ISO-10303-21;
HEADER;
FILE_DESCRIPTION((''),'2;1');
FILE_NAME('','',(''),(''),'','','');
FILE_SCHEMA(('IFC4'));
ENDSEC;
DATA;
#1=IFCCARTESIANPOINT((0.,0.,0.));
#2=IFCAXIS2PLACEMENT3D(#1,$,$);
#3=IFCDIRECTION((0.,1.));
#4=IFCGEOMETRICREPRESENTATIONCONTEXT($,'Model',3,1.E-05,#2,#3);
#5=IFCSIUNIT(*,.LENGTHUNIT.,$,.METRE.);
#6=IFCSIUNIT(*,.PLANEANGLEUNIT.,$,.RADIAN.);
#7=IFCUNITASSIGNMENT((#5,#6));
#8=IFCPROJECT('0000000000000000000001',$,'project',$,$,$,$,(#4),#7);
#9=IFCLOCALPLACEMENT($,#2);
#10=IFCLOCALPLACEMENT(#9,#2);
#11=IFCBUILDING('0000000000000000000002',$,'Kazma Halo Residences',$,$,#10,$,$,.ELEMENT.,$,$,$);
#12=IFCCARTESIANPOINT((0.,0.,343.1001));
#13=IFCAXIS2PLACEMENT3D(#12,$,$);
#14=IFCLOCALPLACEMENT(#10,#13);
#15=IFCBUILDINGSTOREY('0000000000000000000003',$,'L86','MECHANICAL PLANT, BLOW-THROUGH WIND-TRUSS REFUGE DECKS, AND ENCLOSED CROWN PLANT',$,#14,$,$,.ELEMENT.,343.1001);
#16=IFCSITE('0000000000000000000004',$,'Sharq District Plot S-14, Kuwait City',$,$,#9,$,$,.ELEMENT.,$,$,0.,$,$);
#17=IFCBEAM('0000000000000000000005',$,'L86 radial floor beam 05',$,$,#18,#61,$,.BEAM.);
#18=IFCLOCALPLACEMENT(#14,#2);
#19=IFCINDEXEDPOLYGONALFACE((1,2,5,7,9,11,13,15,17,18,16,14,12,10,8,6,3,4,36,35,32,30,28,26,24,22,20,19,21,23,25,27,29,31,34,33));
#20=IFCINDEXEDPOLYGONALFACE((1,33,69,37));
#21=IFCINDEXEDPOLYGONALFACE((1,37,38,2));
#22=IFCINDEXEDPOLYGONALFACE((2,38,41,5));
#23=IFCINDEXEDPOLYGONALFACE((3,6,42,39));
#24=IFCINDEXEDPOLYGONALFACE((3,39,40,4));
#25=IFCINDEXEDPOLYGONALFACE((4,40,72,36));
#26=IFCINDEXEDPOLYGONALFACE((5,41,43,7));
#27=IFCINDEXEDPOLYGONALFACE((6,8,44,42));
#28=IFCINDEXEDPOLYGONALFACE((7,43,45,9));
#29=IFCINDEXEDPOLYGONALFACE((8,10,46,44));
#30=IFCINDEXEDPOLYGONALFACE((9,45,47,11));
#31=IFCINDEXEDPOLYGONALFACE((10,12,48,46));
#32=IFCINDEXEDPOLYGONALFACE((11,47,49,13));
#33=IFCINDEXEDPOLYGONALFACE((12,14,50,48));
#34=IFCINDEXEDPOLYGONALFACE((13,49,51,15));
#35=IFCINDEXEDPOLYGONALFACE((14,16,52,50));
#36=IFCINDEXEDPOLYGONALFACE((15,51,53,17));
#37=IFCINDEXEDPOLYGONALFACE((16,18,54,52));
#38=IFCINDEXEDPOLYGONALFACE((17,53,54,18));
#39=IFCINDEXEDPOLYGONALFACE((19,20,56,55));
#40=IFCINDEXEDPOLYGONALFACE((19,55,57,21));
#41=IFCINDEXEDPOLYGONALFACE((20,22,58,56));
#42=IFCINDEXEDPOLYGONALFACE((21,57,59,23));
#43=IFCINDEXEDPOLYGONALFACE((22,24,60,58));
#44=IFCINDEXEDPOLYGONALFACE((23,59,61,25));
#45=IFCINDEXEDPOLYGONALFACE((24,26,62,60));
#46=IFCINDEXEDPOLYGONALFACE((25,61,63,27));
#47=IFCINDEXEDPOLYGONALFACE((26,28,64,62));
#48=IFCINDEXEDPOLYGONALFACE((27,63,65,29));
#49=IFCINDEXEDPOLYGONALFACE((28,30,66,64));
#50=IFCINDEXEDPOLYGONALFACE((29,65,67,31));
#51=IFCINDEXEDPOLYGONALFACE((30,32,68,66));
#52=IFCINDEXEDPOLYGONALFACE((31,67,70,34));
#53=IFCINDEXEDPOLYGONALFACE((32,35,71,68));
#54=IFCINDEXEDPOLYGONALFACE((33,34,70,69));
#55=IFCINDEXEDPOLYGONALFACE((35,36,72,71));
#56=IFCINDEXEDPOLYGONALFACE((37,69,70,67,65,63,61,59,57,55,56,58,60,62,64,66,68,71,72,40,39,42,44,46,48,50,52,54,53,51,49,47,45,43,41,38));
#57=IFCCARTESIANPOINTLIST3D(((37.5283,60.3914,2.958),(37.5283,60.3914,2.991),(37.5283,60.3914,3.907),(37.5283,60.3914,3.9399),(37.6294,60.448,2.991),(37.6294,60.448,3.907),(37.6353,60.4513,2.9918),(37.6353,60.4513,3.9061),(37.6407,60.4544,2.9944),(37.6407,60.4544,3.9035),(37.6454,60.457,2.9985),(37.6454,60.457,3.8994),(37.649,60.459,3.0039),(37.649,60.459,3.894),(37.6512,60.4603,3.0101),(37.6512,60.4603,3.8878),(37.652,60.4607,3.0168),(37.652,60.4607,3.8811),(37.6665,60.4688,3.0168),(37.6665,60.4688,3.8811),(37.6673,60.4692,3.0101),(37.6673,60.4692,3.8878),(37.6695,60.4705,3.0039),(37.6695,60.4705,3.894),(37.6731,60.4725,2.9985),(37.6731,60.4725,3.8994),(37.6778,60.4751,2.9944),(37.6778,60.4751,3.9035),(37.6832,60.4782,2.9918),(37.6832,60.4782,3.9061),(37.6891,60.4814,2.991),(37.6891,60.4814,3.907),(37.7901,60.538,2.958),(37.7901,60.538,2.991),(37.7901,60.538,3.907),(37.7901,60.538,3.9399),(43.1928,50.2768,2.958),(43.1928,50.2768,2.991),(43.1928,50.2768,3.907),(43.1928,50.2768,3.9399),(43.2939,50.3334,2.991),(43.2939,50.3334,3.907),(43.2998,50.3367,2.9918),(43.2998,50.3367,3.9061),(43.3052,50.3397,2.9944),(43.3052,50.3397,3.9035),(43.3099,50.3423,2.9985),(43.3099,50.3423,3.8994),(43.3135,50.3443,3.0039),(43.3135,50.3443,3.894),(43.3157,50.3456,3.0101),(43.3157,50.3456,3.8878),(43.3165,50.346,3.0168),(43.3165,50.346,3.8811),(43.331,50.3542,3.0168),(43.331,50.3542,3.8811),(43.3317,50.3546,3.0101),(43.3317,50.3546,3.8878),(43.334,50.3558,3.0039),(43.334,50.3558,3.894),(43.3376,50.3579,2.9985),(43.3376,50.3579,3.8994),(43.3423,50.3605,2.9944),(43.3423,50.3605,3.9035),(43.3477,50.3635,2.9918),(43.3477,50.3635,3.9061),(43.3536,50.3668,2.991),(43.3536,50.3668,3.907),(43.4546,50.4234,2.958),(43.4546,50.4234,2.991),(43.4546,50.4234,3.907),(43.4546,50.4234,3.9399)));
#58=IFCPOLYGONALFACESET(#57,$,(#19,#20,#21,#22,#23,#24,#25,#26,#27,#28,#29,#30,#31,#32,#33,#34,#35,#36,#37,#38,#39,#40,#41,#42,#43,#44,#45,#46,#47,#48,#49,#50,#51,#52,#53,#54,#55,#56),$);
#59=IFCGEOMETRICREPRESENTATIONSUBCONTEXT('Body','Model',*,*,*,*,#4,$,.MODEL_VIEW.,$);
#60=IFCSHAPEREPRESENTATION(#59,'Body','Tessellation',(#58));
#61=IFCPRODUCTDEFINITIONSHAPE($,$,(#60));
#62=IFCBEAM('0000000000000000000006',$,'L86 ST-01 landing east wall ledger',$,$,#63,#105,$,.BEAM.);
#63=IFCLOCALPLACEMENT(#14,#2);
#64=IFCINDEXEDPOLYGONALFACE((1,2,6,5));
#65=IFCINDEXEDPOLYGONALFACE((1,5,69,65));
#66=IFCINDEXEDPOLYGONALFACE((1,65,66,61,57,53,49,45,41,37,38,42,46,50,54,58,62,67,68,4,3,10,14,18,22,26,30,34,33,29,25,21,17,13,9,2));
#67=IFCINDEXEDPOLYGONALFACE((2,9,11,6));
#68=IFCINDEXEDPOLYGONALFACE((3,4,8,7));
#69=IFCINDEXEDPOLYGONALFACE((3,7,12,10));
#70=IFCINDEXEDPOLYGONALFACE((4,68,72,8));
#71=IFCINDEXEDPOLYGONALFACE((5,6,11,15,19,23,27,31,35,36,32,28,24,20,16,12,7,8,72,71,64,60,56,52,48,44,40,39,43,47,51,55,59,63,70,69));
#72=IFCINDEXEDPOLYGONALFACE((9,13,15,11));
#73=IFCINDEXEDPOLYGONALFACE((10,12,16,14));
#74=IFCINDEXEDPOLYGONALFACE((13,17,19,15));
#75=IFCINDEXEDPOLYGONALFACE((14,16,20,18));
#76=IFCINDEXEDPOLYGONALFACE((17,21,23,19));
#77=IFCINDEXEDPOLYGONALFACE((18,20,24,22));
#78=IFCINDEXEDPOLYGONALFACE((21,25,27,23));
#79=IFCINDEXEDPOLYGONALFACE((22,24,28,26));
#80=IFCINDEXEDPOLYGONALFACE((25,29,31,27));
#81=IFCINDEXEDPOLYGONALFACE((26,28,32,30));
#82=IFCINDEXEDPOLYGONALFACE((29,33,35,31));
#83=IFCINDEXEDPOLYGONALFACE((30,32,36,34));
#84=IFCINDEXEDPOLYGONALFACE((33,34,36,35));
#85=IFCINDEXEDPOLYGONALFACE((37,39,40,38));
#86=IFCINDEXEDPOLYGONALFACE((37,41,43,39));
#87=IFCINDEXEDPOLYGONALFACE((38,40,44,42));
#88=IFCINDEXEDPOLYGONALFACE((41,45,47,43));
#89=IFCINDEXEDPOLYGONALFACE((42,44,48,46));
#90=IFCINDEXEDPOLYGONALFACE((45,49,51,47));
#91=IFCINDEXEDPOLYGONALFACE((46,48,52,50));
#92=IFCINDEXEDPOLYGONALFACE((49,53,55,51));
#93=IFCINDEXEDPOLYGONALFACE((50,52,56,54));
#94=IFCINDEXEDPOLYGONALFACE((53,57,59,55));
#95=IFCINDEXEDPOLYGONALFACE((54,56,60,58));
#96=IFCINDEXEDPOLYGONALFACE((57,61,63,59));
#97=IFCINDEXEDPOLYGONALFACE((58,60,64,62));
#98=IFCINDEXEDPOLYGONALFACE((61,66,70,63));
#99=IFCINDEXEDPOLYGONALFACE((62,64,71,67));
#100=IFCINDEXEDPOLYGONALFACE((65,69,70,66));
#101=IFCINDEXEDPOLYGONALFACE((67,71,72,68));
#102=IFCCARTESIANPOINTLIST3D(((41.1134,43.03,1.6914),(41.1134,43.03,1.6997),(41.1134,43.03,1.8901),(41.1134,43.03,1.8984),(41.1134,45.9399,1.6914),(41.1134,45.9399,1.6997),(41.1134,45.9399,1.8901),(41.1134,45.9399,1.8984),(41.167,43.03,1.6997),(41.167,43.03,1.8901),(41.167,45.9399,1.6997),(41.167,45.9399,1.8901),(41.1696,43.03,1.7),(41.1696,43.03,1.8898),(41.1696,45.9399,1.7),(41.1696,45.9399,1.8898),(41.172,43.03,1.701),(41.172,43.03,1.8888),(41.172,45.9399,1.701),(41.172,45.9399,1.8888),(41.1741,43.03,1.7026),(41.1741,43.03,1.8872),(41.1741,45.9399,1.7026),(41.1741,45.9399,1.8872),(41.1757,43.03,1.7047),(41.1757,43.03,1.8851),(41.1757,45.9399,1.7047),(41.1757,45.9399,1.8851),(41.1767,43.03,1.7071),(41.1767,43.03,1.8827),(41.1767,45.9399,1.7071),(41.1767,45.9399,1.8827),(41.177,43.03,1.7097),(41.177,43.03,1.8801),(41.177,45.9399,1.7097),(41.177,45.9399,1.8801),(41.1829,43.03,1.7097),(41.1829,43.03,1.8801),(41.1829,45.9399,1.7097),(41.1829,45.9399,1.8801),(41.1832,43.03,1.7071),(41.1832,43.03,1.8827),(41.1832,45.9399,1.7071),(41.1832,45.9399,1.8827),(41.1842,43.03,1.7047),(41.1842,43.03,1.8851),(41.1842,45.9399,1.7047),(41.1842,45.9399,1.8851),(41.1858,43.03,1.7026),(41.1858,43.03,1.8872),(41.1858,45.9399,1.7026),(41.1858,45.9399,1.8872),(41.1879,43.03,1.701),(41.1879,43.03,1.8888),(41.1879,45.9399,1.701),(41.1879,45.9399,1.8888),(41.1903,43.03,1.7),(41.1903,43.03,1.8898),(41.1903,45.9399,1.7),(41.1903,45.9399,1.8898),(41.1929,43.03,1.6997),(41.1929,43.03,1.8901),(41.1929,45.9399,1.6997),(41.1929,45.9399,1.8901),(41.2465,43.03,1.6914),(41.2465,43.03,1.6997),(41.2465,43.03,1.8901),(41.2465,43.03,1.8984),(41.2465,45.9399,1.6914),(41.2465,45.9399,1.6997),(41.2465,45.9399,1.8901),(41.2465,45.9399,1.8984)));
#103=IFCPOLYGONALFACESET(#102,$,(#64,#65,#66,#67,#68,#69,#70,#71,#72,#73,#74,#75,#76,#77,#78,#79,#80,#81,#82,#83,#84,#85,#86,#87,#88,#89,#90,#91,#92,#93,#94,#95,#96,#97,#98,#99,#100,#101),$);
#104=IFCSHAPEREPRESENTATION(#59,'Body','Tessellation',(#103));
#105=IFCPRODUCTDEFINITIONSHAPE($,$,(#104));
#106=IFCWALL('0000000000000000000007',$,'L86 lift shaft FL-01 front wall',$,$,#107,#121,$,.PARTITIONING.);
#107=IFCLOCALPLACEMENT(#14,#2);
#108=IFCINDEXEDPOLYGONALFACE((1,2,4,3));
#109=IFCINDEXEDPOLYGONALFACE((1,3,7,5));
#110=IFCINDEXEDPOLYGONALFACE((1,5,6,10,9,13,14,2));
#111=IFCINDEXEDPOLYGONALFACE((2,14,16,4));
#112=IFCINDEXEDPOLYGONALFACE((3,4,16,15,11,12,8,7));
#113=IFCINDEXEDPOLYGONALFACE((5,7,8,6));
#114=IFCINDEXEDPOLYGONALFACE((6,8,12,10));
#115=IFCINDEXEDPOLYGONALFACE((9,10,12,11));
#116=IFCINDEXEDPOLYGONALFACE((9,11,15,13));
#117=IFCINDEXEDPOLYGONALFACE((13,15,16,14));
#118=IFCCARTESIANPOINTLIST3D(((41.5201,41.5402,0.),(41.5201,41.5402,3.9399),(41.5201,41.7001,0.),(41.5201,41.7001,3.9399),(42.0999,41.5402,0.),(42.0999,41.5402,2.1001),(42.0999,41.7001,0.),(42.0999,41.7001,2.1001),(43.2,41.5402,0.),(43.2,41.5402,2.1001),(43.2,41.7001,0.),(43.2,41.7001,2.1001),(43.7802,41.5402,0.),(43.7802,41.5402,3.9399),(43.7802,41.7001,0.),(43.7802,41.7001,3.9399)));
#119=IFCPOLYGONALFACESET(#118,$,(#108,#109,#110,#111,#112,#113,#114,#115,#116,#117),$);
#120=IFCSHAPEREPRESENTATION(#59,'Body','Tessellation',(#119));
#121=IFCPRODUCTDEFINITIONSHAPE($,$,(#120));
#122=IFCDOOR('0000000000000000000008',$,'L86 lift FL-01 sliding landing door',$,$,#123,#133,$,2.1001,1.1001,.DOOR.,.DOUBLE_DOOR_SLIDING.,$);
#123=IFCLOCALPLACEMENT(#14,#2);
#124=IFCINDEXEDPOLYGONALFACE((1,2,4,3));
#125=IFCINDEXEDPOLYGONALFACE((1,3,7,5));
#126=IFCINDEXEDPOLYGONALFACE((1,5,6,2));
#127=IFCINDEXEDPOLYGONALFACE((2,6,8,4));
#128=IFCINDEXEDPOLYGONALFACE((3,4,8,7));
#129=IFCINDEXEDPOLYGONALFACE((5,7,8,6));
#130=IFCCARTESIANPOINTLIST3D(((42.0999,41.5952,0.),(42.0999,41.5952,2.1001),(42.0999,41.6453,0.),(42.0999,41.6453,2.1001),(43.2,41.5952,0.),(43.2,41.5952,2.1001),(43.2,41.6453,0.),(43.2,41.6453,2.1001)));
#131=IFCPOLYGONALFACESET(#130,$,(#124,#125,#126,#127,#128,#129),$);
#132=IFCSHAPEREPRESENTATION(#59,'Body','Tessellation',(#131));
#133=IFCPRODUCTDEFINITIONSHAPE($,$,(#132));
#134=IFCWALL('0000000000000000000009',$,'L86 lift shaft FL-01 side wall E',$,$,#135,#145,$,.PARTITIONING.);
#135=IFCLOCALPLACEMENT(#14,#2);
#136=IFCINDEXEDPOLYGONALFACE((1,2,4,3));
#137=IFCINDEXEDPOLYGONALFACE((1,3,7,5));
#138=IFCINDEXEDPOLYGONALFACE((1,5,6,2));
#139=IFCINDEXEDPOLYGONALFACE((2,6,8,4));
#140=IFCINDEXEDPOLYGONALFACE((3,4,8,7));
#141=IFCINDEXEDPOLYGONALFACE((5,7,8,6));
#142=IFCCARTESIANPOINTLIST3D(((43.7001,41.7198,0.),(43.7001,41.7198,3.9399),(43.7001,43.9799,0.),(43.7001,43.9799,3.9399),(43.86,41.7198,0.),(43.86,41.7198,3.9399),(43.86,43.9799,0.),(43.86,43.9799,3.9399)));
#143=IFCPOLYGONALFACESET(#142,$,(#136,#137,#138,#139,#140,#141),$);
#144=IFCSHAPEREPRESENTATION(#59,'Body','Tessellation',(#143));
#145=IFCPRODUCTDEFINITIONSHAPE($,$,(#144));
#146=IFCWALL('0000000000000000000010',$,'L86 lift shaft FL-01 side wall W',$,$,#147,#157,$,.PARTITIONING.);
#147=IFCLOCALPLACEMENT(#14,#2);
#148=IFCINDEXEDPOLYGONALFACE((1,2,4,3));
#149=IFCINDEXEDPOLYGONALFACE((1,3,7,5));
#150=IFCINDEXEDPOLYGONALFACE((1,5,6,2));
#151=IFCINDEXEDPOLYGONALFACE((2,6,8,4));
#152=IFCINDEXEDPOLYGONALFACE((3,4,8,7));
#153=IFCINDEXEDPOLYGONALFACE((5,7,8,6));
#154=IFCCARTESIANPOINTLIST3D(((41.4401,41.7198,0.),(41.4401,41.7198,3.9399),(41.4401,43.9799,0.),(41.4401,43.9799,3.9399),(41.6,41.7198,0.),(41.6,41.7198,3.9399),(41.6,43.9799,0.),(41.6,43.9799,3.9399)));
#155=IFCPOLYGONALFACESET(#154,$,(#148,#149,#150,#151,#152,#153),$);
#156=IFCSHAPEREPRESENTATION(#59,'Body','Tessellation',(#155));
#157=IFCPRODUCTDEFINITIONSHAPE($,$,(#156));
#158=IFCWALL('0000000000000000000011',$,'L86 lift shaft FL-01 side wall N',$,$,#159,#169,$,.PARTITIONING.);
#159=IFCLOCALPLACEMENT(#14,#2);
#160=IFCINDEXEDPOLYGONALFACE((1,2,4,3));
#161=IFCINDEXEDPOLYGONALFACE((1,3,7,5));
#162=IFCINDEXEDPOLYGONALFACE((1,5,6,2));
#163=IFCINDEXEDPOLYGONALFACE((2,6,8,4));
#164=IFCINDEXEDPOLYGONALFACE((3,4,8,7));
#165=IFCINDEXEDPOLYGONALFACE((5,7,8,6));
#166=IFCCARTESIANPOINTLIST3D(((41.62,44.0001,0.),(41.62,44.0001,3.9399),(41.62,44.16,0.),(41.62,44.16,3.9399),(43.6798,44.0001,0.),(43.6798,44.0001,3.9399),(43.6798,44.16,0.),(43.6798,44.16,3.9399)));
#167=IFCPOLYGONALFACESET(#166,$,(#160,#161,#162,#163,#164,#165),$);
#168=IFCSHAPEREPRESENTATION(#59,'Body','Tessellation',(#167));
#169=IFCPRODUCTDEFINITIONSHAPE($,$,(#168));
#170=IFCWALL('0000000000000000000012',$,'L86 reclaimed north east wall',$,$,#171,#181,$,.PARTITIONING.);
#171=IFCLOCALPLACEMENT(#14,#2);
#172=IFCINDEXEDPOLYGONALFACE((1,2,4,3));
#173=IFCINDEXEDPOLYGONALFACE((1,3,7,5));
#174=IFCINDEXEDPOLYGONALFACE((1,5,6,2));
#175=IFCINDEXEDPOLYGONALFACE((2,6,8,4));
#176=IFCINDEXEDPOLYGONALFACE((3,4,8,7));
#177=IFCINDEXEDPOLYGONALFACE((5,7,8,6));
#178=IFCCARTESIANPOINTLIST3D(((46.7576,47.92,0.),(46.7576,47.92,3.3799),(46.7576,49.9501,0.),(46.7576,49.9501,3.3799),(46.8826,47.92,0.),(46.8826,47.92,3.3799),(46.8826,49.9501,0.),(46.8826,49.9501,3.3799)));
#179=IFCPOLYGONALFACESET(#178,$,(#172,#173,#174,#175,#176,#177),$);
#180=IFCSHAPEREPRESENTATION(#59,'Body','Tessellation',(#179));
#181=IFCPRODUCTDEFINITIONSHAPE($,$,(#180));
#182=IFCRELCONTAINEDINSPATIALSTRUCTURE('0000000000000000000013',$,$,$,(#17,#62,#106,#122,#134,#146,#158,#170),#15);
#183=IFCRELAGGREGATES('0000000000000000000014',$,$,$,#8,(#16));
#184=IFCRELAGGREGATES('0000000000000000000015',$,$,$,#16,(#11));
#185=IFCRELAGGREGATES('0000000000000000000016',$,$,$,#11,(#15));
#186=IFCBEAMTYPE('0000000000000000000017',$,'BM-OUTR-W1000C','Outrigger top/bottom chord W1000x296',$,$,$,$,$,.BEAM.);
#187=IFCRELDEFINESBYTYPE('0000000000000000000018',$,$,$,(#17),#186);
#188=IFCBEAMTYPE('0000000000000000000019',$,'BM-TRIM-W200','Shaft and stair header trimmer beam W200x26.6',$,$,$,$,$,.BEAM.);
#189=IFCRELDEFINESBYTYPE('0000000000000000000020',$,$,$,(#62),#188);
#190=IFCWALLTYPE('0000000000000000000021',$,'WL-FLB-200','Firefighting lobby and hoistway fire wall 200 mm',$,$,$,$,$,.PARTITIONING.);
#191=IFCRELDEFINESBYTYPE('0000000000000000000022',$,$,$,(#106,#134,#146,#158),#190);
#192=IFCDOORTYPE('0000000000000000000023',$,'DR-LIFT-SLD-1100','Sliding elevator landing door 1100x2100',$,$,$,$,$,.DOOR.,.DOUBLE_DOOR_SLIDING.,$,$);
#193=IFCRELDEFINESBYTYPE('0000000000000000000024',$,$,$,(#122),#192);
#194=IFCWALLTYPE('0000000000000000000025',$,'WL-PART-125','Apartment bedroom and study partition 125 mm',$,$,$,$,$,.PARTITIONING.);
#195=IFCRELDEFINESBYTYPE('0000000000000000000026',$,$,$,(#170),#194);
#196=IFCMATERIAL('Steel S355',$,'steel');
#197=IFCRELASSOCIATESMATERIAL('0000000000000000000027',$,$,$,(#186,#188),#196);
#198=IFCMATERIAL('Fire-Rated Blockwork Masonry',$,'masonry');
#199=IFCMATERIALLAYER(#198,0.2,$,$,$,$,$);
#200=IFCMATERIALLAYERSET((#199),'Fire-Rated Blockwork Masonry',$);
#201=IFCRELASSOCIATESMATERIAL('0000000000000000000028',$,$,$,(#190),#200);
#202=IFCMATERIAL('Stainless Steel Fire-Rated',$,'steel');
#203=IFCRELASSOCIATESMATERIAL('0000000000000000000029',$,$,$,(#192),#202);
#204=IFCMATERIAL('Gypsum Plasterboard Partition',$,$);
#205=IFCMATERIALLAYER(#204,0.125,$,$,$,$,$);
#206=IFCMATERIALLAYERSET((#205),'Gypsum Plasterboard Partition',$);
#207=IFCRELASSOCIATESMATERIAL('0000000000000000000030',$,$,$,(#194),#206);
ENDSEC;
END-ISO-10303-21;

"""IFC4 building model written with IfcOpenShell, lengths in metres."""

from ifc_helpers import new_model, si_unit, direction, frame, frame_2d, origin, origin_2d, place, context, subcontext, project, spatial, rectangle, i_section, extrude, material, layer, layer_set, material_profile, profile_set, type_object, element, fill, save


model = new_model("IFC4")

# Units and contexts
model_context = context("Model", 3, precision=1e-05, world=origin(), true_north=direction((0.0, 1.0)))
body_context = subcontext(model_context, "Body", "Model", "MODEL_VIEW")
ifc_project = project(units=[si_unit("LENGTHUNIT", "METRE"), si_unit("PLANEANGLEUNIT", "RADIAN")], contexts=[model_context])

# Site, building, storey
site_placement = place(None, origin())
site = spatial("IfcSite", under=ifc_project, at=site_placement, Name="Sharq District Plot S-14, Kuwait City", CompositionType="ELEMENT", RefElevation=0.0)
building_placement = place(site_placement, origin())
building = spatial("IfcBuilding", under=site, at=building_placement, Name="Kazma Halo Residences", CompositionType="ELEMENT")
storey_placement = place(building_placement, frame((0.0, 0.0, 343.1001)))
storey = spatial("IfcBuildingStorey", under=building, at=storey_placement, Name="L86", Description="MECHANICAL PLANT, BLOW-THROUGH WIND-TRUSS REFUGE DECKS, AND ENCLOSED CROWN PLANT", CompositionType="ELEMENT", Elevation=343.1001)

# Shared definitions
ifc_material_1 = material(Name="Steel S355", Category="steel")

# Beams
ifc_material_profile_1 = material_profile(ifc_material_1, i_section(OverallWidth=0.3, OverallDepth=0.9819, WebThickness=0.0166, FlangeThickness=0.033, FilletRadius=0.0259, at=origin_2d()), Name="W1000x296")
ifc_profile_set_1 = profile_set([ifc_material_profile_1], Name="Steel S355")
beam_type_1 = type_object("IfcBeamType", Name="BM-OUTR-W1000C", Description="Outrigger top/bottom chord W1000x296", PredefinedType="BEAM", material=ifc_profile_set_1)
beam_1_placement = place(storey_placement, frame((43.3237, 50.3501, 3.449), z_axis=(-0.488623, 0.872495, 0.0), x_axis=(-0.872495, -0.488623, 0.0)))
element("IfcBeam", 1, at=beam_1_placement, inside=storey, type_object=beam_type_1, Name="L86 radial floor beam 05", PredefinedType="BEAM", context=body_context, shape_type="SweptSolid", body=[
    extrude(i_section(OverallWidth=0.3, OverallDepth=0.9819, WebThickness=0.0166, FlangeThickness=0.033, FilletRadius=0.0259, at=origin_2d()), origin(), (0.0, 0.0, 1.0), 11.5928),
])
ifc_material_profile_2 = material_profile(ifc_material_1, i_section(OverallWidth=0.1331, OverallDepth=0.207, WebThickness=0.0059, FlangeThickness=0.0083, FilletRadius=0.01, at=origin_2d()), Name="W200x26.6")
ifc_profile_set_2 = profile_set([ifc_material_profile_2], Name="Steel S355")
beam_type_2 = type_object("IfcBeamType", Name="BM-TRIM-W200", Description="Shaft and stair header trimmer beam W200x26.6", PredefinedType="BEAM", material=ifc_profile_set_2)
beam_2_placement = place(storey_placement, frame((41.1799, 43.03, 1.7949), z_axis=(0.0, 1.0, 0.0), x_axis=(-1.0, 0.0, 0.0)))
element("IfcBeam", 2, at=beam_2_placement, inside=storey, type_object=beam_type_2, Name="L86 ST-01 landing east wall ledger", PredefinedType="BEAM", context=body_context, shape_type="SweptSolid", body=[
    extrude(i_section(OverallWidth=0.1331, OverallDepth=0.207, WebThickness=0.0059, FlangeThickness=0.0083, FilletRadius=0.01, at=origin_2d()), origin(), (0.0, 0.0, 1.0), 2.9099),
])

# Wall, opening, door
ifc_material_2 = material(Name="Fire-Rated Blockwork Masonry", Category="masonry")
ifc_layer_1 = layer(ifc_material_2, 0.2)
ifc_layer_set_1 = layer_set([ifc_layer_1], Name="Fire-Rated Blockwork Masonry")
wall_type_1 = type_object("IfcWallType", Name="WL-FLB-200", Description="Firefighting lobby and hoistway fire wall 200 mm", PredefinedType="PARTITIONING", material=ifc_layer_set_1)
wall_1_placement = place(storey_placement, frame((43.78, 41.6201, 0.0), z_axis=(0.0, 0.0, 1.0), x_axis=(-1.0, 0.0, 0.0)))
wall_1 = element("IfcWall", 3, at=wall_1_placement, inside=storey, type_object=wall_type_1, Name="L86 lift shaft FL-01 front wall", PredefinedType="PARTITIONING", context=body_context, shape_type="SweptSolid", body=[
    extrude(rectangle(XDim=2.26, YDim=0.1599, at=frame_2d((1.1299, 0.0))), origin(), (0.0, 0.0, 1.0), 3.9399),
])
opening_1_placement = place(wall_1_placement, frame((0.5801, 0.0, 0.0)))
opening_1 = element("IfcOpeningElement", 4, at=opening_1_placement, cuts=wall_1, PredefinedType="OPENING", context=body_context, shape_type="SweptSolid", body=[
    extrude(rectangle(XDim=1.1001, YDim=2.1001, at=frame_2d((0.55, 1.05))), frame((0.0, 0.0898, 0.0), z_axis=(0.0, -1.0, 0.0), x_axis=(1.0, 0.0, 0.0)), (0.0, 0.0, 1.0), 0.1799),
])
ifc_material_3 = material(Name="Stainless Steel Fire-Rated", Category="steel")
door_type_1 = type_object("IfcDoorType", Name="DR-LIFT-SLD-1100", Description="Sliding elevator landing door 1100x2100", OperationType="DOUBLE_DOOR_SLIDING", PredefinedType="DOOR", material=ifc_material_3)
door_1_placement = place(opening_1_placement, origin())
door_1 = element("IfcDoor", 5, at=door_1_placement, inside=storey, type_object=door_type_1, Name="L86 lift FL-01 sliding landing door", OperationType="DOUBLE_DOOR_SLIDING", OverallHeight=2.1001, OverallWidth=1.1001, PredefinedType="DOOR", context=body_context, shape_type="SweptSolid", body=[
    extrude(rectangle(XDim=1.1001, YDim=2.1001, at=frame_2d((0.55, 1.05))), frame((0.0, 0.0249, 0.0), z_axis=(0.0, -1.0, 0.0), x_axis=(1.0, 0.0, 0.0)), (0.0, 0.0, 1.0), 0.05),
])
fill(opening_1, door_1)

# Walls
for number, where, z_axis, x_axis, name in (
    (6, (43.78, 41.72, 0.0), (0.0, 0.0, 1.0), (0.0, 1.0, 0.0), "L86 lift shaft FL-01 side wall E"),
    (7, (41.52, 41.72, 0.0), (0.0, 0.0, 1.0), (0.0, 1.0, 0.0), "L86 lift shaft FL-01 side wall W"),
):
    element("IfcWall", number, at=place(storey_placement, frame(where, z_axis=z_axis, x_axis=x_axis)), inside=storey, type_object=wall_type_1, Name=name, PredefinedType="PARTITIONING", context=body_context, shape_type="SweptSolid", body=[
        extrude(rectangle(XDim=2.26, YDim=0.1599, at=frame_2d((1.1299, 0.0))), origin(), (0.0, 0.0, 1.0), 3.9399),
    ])
wall_2_placement = place(storey_placement, frame((41.6201, 44.0801, 0.0), z_axis=(0.0, 0.0, 1.0), x_axis=(1.0, 0.0, 0.0)))
element("IfcWall", 8, at=wall_2_placement, inside=storey, type_object=wall_type_1, Name="L86 lift shaft FL-01 side wall N", PredefinedType="PARTITIONING", context=body_context, shape_type="SweptSolid", body=[
    extrude(rectangle(XDim=2.0598, YDim=0.1599, at=frame_2d((1.0298, 0.0))), origin(), (0.0, 0.0, 1.0), 3.9399),
])
ifc_material_4 = material(Name="Gypsum Plasterboard Partition")
ifc_layer_2 = layer(ifc_material_4, 0.125)
ifc_layer_set_2 = layer_set([ifc_layer_2], Name="Gypsum Plasterboard Partition")
wall_type_2 = type_object("IfcWallType", Name="WL-PART-125", Description="Apartment bedroom and study partition 125 mm", PredefinedType="PARTITIONING", material=ifc_layer_set_2)
for number, where, z_axis, x_axis, name in (
    (9, (46.8201, 47.9199, 0.0), (0.0, 0.0, 1.0), (0.0, 1.0, 0.0), "L86 reclaimed north east wall"),
):
    element("IfcWall", number, at=place(storey_placement, frame(where, z_axis=z_axis, x_axis=x_axis)), inside=storey, type_object=wall_type_2, Name=name, PredefinedType="PARTITIONING", context=body_context, shape_type="SweptSolid", body=[
        extrude(rectangle(XDim=2.03, YDim=0.125, at=frame_2d((1.0151, 0.0))), origin(), (0.0, 0.0, 1.0), 3.3799),
    ])

save(model, "model.ifc")
